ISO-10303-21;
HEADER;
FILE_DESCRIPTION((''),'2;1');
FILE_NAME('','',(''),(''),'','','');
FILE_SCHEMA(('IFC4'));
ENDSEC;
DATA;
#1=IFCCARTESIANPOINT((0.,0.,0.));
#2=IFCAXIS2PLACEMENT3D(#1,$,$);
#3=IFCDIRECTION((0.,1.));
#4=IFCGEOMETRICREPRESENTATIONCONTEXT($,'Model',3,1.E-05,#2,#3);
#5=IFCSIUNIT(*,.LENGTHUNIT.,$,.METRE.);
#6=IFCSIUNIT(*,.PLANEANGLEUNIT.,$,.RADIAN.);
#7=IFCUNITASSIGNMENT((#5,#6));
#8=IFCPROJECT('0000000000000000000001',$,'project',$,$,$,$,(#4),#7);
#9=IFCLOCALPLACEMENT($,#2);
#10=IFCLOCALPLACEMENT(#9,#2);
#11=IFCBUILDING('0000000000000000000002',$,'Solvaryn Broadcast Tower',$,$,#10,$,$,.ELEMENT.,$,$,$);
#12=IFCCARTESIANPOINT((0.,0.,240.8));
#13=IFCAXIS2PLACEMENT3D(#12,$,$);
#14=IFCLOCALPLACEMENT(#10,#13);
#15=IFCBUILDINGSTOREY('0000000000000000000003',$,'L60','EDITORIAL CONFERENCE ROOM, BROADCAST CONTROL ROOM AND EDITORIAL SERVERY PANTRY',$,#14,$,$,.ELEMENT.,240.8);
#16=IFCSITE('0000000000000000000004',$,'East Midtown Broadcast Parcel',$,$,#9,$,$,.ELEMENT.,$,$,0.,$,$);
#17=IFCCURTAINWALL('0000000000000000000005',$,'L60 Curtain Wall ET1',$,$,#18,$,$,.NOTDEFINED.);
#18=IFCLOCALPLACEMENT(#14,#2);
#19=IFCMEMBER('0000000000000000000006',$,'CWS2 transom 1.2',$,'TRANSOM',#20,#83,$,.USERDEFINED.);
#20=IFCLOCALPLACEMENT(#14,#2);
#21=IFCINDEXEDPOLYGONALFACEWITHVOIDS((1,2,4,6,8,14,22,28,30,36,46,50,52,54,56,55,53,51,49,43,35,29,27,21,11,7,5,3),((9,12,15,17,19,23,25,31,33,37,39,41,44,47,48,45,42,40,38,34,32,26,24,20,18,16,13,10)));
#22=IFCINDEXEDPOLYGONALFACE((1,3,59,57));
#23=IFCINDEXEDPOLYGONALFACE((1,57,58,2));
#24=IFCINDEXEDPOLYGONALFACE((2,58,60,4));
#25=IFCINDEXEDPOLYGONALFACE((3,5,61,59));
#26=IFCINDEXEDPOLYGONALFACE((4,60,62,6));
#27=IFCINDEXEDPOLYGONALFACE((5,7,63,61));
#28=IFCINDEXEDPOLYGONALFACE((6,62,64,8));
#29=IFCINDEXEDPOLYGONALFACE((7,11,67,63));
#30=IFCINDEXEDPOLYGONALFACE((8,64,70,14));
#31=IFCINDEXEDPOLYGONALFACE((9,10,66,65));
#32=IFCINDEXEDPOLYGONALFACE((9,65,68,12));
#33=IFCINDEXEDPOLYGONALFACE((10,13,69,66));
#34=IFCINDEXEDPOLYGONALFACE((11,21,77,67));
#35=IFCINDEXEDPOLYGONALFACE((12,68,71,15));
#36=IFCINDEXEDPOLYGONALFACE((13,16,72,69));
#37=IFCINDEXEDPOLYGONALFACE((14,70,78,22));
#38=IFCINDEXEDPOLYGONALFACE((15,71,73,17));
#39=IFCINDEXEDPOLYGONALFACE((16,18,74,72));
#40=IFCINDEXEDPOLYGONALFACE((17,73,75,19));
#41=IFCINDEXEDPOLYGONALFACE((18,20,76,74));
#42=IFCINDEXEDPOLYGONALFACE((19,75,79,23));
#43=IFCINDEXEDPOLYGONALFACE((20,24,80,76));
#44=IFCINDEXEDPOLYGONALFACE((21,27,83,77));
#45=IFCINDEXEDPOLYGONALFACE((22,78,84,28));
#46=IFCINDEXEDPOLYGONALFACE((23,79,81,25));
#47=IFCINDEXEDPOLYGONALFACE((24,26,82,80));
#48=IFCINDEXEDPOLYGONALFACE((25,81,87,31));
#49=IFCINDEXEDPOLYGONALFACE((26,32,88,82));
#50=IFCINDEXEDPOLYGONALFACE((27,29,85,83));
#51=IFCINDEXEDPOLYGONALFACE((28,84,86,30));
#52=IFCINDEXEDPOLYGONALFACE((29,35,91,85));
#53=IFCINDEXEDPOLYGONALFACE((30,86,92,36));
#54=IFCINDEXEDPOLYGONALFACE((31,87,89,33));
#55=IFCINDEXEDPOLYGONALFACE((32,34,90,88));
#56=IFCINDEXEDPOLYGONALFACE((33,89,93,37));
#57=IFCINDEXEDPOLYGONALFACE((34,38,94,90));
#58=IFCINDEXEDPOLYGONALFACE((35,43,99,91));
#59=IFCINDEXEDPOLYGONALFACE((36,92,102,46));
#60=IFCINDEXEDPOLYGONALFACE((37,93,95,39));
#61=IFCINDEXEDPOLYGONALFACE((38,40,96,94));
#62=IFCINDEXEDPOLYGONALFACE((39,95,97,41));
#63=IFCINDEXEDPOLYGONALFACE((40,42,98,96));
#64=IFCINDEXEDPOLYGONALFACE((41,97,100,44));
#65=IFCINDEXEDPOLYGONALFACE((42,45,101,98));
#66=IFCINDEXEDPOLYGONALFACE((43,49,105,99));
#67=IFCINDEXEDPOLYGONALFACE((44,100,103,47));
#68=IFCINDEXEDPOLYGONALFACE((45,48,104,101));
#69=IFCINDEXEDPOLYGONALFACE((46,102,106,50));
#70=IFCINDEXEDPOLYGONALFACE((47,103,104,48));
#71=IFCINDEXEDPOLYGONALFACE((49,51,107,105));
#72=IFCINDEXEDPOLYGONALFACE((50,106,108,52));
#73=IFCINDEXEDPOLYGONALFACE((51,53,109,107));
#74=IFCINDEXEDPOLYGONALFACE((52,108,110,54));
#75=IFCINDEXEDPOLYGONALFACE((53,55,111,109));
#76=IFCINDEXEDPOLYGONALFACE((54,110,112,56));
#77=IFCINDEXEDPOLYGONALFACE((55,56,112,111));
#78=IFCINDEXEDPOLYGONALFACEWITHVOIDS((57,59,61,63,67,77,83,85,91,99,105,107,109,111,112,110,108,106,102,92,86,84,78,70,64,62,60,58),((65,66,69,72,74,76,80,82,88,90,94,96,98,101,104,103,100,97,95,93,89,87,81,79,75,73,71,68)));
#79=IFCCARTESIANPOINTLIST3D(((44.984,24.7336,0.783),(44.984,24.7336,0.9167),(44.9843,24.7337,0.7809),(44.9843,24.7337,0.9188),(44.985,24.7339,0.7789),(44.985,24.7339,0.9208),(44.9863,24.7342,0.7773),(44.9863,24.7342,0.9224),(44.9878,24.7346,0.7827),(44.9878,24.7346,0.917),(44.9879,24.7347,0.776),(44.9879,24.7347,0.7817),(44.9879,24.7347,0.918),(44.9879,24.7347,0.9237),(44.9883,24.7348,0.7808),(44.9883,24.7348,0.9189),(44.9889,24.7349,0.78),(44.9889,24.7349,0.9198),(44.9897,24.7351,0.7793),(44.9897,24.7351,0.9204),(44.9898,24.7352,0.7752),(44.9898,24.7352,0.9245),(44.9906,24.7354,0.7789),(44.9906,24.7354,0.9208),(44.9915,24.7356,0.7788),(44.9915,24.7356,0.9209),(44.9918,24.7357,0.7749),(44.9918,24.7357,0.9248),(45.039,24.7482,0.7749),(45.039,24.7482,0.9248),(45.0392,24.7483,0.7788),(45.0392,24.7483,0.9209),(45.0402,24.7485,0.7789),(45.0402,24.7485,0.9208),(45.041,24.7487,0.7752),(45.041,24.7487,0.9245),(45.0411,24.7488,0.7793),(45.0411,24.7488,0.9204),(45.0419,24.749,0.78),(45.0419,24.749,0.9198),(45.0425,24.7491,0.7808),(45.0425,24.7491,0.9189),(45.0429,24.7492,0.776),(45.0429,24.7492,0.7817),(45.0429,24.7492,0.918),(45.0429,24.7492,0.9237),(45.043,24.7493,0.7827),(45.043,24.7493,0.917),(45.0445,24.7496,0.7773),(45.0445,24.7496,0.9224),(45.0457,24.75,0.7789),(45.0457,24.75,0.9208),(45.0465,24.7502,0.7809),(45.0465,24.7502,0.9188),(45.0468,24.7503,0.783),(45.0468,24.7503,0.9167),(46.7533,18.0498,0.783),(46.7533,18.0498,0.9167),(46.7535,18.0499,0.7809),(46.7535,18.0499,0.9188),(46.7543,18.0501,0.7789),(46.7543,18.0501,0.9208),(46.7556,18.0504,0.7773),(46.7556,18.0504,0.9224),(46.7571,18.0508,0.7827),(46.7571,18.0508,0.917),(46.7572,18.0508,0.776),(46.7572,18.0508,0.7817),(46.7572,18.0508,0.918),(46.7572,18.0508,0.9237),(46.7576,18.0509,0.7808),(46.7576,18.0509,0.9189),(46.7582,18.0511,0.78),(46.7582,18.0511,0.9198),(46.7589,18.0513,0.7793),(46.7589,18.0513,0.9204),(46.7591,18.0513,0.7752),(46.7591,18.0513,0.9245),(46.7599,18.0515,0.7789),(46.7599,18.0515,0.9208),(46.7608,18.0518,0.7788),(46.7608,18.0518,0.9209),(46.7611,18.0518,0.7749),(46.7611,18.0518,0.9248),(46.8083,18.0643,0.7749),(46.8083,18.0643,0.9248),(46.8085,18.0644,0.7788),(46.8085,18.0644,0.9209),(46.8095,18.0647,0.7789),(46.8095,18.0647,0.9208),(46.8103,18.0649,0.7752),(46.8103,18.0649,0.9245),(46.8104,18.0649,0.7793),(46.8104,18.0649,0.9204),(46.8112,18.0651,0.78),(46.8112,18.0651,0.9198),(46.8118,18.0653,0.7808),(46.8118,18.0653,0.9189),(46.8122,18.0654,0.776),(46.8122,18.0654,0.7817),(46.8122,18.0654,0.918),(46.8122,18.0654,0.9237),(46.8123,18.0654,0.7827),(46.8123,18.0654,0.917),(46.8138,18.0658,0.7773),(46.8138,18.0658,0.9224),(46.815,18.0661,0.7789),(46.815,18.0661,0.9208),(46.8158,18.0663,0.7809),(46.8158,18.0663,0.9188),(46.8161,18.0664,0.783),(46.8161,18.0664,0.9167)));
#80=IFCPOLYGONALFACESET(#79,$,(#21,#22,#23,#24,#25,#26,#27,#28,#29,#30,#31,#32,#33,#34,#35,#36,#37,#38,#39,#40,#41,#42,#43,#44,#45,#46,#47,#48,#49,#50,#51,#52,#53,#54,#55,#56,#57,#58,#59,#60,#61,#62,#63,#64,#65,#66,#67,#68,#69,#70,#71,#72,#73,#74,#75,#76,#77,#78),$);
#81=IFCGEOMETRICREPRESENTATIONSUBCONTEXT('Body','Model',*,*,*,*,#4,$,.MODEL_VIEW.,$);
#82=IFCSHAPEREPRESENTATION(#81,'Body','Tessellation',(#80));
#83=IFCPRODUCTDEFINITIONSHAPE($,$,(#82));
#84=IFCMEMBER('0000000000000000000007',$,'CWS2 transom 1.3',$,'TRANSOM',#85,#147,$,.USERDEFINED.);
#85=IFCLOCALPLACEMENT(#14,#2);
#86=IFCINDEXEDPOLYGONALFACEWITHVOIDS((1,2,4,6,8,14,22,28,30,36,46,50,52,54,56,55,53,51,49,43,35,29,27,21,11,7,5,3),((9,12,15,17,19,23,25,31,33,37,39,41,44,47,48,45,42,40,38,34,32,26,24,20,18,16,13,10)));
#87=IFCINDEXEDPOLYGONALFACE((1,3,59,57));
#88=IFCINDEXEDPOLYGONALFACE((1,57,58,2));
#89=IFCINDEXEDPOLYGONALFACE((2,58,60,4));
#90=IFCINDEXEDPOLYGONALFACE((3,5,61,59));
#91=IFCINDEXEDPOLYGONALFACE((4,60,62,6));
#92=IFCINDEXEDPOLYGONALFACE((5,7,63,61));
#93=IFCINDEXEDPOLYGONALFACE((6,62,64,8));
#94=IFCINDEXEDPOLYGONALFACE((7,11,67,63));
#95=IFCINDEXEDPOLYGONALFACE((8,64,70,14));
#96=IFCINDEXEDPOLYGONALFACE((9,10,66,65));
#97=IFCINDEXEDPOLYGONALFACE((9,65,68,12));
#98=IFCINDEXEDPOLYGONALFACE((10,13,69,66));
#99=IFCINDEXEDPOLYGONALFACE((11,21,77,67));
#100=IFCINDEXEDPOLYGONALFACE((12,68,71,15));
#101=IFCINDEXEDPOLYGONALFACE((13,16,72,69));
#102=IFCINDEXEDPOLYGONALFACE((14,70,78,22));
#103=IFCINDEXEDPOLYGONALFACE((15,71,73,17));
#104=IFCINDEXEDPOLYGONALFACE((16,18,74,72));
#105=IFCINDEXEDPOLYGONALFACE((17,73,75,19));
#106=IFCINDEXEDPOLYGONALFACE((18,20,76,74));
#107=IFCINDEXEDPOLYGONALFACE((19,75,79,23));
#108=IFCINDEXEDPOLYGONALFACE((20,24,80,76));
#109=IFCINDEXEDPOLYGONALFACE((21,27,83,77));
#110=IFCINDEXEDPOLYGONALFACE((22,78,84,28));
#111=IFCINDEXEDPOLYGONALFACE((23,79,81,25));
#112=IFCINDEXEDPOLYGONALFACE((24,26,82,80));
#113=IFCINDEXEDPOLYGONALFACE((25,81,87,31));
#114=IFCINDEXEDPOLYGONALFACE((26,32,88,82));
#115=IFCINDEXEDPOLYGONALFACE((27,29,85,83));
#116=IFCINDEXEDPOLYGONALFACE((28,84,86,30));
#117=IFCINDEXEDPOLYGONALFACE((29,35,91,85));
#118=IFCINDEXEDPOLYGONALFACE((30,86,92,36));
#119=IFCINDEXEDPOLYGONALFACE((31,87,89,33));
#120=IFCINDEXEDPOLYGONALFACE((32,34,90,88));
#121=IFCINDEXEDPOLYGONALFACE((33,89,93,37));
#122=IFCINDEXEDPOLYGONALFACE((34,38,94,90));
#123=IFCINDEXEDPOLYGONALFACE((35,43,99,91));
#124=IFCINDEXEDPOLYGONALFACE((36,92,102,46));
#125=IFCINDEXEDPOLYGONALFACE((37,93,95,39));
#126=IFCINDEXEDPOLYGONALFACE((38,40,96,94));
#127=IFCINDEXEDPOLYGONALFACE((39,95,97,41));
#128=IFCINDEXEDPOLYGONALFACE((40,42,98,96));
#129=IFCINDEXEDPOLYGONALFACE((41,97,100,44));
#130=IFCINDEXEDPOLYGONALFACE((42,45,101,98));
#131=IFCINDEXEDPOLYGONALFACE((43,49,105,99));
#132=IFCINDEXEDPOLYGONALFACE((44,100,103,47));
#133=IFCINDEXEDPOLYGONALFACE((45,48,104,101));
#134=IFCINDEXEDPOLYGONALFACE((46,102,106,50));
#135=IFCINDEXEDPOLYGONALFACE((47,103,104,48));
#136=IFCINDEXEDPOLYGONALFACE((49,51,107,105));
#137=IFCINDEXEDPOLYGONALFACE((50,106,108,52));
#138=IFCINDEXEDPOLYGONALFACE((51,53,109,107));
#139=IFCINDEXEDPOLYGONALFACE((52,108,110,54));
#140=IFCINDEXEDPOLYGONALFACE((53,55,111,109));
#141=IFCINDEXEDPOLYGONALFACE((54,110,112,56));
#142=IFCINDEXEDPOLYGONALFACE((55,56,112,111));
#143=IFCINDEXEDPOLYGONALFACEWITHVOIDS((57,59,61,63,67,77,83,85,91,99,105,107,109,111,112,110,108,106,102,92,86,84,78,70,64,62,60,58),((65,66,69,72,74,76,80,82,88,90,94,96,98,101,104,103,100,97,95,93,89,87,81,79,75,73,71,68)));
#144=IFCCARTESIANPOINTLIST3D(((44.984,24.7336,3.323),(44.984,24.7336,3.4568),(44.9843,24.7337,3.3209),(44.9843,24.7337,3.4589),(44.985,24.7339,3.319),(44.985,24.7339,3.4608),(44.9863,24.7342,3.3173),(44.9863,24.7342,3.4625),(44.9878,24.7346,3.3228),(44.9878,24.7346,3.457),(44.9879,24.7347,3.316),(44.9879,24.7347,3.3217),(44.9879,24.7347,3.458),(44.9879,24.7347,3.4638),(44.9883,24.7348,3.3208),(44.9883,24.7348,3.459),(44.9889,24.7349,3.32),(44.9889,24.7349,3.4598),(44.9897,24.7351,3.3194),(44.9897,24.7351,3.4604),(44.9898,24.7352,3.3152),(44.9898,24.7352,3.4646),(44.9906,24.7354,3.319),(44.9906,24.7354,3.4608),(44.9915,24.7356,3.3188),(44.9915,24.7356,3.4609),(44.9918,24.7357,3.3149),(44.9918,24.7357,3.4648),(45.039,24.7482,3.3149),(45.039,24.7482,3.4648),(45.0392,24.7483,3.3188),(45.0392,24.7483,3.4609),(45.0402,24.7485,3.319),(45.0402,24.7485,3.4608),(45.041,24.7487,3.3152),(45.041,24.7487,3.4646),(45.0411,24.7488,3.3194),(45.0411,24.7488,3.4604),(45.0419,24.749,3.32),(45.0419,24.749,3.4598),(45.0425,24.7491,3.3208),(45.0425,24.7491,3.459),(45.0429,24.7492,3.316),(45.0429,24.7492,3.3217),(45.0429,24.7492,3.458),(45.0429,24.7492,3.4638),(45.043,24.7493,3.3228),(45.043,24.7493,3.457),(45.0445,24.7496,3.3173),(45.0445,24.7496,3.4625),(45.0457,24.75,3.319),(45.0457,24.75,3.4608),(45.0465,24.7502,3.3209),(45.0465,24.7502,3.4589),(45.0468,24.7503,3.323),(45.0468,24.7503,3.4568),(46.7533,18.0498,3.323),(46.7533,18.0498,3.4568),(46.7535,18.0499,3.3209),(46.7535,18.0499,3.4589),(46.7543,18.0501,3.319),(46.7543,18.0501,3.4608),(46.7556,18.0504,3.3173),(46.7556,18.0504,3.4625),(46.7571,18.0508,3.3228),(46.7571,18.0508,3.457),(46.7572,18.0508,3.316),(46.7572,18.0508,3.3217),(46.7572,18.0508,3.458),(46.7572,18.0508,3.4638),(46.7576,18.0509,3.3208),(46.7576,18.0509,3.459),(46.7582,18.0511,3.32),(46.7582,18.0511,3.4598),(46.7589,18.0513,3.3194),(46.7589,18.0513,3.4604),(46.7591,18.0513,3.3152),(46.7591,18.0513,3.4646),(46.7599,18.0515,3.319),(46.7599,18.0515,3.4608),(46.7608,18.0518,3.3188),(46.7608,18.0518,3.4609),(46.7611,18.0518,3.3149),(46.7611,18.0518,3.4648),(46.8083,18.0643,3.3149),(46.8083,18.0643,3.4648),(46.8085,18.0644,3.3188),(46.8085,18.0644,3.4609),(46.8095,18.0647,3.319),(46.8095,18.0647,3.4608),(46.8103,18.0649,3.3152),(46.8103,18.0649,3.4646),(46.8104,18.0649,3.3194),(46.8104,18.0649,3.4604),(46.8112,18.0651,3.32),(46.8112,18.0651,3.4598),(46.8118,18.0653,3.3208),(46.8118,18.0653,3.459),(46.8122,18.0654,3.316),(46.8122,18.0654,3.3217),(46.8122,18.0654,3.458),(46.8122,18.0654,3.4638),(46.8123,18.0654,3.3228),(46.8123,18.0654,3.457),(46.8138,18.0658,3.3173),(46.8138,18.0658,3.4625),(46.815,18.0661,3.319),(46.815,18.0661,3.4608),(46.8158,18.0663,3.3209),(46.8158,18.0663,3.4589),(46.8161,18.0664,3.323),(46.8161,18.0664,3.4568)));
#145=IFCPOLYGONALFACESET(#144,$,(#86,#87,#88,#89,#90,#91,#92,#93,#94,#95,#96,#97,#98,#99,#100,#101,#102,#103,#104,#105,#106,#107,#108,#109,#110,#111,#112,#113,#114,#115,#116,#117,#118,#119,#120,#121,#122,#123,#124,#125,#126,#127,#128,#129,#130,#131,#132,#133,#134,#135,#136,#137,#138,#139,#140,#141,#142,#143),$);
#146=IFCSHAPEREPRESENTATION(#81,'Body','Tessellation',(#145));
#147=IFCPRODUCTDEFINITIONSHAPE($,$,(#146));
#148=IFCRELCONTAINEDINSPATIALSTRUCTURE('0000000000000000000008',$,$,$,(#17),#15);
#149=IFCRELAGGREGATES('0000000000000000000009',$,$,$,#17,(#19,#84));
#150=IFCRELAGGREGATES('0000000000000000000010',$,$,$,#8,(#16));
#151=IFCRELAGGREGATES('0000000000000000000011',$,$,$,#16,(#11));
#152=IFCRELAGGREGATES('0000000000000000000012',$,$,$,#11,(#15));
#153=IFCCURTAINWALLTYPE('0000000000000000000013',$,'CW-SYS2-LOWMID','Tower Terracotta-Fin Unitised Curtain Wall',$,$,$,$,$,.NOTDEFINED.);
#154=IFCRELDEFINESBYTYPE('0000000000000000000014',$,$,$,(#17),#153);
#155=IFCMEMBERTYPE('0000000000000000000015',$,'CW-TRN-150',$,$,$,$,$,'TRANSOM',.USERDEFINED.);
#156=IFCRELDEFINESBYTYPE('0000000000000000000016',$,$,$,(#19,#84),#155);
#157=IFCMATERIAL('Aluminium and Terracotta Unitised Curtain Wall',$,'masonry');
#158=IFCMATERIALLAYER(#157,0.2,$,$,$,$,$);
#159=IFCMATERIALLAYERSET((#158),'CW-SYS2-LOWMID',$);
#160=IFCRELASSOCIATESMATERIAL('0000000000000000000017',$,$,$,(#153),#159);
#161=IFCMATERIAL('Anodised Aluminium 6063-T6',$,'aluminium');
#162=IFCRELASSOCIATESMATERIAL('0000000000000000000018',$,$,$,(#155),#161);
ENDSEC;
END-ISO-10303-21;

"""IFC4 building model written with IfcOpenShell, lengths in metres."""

from ifc_helpers import new_model, si_unit, direction, frame, origin, origin_2d, place, context, subcontext, project, spatial, hollow_rectangle, extrude, material, layer, layer_set, material_profile, profile_set, type_object, element, aggregate, save


model = new_model("IFC4")

# Units and contexts
model_context = context("Model", 3, precision=1e-05, world=origin(), true_north=direction((0.0, 1.0)))
body_context = subcontext(model_context, "Body", "Model", "MODEL_VIEW")
ifc_project = project(units=[si_unit("LENGTHUNIT", "METRE"), si_unit("PLANEANGLEUNIT", "RADIAN")], contexts=[model_context])

# Site, building, storey
site_placement = place(None, origin())
site = spatial("IfcSite", under=ifc_project, at=site_placement, Name="East Midtown Broadcast Parcel", CompositionType="ELEMENT", RefElevation=0.0)
building_placement = place(site_placement, origin())
building = spatial("IfcBuilding", under=site, at=building_placement, Name="Solvaryn Broadcast Tower", CompositionType="ELEMENT")
storey_placement = place(building_placement, frame((0.0, 0.0, 240.8)))
storey = spatial("IfcBuildingStorey", under=building, at=storey_placement, Name="L60", Description="EDITORIAL CONFERENCE ROOM, BROADCAST CONTROL ROOM AND EDITORIAL SERVERY PANTRY", CompositionType="ELEMENT", Elevation=240.8)

# Curtain wall
ifc_material_1 = material(Name="Aluminium and Terracotta Unitised Curtain Wall", Category="masonry")
ifc_layer_1 = layer(ifc_material_1, 0.2)
ifc_layer_set_1 = layer_set([ifc_layer_1], Name="CW-SYS2-LOWMID")
curtain_wall_type = type_object("IfcCurtainWallType", Name="CW-SYS2-LOWMID", Description="Tower Terracotta-Fin Unitised Curtain Wall", PredefinedType="NOTDEFINED", material=ifc_layer_set_1)
curtain_wall_1_placement = place(storey_placement, origin())
curtain_wall_1 = element("IfcCurtainWall", 1, at=curtain_wall_1_placement, inside=storey, type_object=curtain_wall_type, Name="L60 Curtain Wall ET1", PredefinedType="NOTDEFINED")

# Members
ifc_material_2 = material(Name="Anodised Aluminium 6063-T6", Category="aluminium")
ifc_material_profile_1 = material_profile(ifc_material_2, hollow_rectangle(XDim=0.0649, YDim=0.1499, WallThickness=0.0039, InnerFilletRadius=0.0039, OuterFilletRadius=0.0081, at=origin_2d()))
ifc_profile_set_1 = profile_set([ifc_material_profile_1], Name="Anodised Aluminium 6063-T6")
member_type_1 = type_object("IfcMemberType", Name="CW-TRN-150", ElementType="TRANSOM", PredefinedType="USERDEFINED", material=ifc_profile_set_1)
member_1_placement = place(storey_placement, frame((45.0154, 24.7419, 0.8499), z_axis=(0.255897, -0.966704, 0.0), x_axis=(0.966704, 0.255897, 0.0)))
member_1 = element("IfcMember", 2, at=member_1_placement, type_object=member_type_1, Name="CWS2 transom 1.2", ObjectType="TRANSOM", PredefinedType="USERDEFINED", context=body_context, shape_type="SweptSolid", body=[
    extrude(hollow_rectangle(XDim=0.0649, YDim=0.1499, WallThickness=0.0039, InnerFilletRadius=0.0039, OuterFilletRadius=0.0081, at=origin_2d()), origin(), (0.0, 0.0, 1.0), 6.9141),
])
member_2_placement = place(storey_placement, frame((45.0154, 24.7419, 3.3899), z_axis=(0.255897, -0.966704, 0.0), x_axis=(0.966704, 0.255897, 0.0)))
member_2 = element("IfcMember", 3, at=member_2_placement, type_object=member_type_1, Name="CWS2 transom 1.3", ObjectType="TRANSOM", PredefinedType="USERDEFINED", context=body_context, shape_type="SweptSolid", body=[
    extrude(hollow_rectangle(XDim=0.0649, YDim=0.1499, WallThickness=0.0039, InnerFilletRadius=0.0039, OuterFilletRadius=0.0081, at=origin_2d()), origin(), (0.0, 0.0, 1.0), 6.9141),
])

aggregate(curtain_wall_1, [member_1, member_2])

save(model, "model.ifc")
